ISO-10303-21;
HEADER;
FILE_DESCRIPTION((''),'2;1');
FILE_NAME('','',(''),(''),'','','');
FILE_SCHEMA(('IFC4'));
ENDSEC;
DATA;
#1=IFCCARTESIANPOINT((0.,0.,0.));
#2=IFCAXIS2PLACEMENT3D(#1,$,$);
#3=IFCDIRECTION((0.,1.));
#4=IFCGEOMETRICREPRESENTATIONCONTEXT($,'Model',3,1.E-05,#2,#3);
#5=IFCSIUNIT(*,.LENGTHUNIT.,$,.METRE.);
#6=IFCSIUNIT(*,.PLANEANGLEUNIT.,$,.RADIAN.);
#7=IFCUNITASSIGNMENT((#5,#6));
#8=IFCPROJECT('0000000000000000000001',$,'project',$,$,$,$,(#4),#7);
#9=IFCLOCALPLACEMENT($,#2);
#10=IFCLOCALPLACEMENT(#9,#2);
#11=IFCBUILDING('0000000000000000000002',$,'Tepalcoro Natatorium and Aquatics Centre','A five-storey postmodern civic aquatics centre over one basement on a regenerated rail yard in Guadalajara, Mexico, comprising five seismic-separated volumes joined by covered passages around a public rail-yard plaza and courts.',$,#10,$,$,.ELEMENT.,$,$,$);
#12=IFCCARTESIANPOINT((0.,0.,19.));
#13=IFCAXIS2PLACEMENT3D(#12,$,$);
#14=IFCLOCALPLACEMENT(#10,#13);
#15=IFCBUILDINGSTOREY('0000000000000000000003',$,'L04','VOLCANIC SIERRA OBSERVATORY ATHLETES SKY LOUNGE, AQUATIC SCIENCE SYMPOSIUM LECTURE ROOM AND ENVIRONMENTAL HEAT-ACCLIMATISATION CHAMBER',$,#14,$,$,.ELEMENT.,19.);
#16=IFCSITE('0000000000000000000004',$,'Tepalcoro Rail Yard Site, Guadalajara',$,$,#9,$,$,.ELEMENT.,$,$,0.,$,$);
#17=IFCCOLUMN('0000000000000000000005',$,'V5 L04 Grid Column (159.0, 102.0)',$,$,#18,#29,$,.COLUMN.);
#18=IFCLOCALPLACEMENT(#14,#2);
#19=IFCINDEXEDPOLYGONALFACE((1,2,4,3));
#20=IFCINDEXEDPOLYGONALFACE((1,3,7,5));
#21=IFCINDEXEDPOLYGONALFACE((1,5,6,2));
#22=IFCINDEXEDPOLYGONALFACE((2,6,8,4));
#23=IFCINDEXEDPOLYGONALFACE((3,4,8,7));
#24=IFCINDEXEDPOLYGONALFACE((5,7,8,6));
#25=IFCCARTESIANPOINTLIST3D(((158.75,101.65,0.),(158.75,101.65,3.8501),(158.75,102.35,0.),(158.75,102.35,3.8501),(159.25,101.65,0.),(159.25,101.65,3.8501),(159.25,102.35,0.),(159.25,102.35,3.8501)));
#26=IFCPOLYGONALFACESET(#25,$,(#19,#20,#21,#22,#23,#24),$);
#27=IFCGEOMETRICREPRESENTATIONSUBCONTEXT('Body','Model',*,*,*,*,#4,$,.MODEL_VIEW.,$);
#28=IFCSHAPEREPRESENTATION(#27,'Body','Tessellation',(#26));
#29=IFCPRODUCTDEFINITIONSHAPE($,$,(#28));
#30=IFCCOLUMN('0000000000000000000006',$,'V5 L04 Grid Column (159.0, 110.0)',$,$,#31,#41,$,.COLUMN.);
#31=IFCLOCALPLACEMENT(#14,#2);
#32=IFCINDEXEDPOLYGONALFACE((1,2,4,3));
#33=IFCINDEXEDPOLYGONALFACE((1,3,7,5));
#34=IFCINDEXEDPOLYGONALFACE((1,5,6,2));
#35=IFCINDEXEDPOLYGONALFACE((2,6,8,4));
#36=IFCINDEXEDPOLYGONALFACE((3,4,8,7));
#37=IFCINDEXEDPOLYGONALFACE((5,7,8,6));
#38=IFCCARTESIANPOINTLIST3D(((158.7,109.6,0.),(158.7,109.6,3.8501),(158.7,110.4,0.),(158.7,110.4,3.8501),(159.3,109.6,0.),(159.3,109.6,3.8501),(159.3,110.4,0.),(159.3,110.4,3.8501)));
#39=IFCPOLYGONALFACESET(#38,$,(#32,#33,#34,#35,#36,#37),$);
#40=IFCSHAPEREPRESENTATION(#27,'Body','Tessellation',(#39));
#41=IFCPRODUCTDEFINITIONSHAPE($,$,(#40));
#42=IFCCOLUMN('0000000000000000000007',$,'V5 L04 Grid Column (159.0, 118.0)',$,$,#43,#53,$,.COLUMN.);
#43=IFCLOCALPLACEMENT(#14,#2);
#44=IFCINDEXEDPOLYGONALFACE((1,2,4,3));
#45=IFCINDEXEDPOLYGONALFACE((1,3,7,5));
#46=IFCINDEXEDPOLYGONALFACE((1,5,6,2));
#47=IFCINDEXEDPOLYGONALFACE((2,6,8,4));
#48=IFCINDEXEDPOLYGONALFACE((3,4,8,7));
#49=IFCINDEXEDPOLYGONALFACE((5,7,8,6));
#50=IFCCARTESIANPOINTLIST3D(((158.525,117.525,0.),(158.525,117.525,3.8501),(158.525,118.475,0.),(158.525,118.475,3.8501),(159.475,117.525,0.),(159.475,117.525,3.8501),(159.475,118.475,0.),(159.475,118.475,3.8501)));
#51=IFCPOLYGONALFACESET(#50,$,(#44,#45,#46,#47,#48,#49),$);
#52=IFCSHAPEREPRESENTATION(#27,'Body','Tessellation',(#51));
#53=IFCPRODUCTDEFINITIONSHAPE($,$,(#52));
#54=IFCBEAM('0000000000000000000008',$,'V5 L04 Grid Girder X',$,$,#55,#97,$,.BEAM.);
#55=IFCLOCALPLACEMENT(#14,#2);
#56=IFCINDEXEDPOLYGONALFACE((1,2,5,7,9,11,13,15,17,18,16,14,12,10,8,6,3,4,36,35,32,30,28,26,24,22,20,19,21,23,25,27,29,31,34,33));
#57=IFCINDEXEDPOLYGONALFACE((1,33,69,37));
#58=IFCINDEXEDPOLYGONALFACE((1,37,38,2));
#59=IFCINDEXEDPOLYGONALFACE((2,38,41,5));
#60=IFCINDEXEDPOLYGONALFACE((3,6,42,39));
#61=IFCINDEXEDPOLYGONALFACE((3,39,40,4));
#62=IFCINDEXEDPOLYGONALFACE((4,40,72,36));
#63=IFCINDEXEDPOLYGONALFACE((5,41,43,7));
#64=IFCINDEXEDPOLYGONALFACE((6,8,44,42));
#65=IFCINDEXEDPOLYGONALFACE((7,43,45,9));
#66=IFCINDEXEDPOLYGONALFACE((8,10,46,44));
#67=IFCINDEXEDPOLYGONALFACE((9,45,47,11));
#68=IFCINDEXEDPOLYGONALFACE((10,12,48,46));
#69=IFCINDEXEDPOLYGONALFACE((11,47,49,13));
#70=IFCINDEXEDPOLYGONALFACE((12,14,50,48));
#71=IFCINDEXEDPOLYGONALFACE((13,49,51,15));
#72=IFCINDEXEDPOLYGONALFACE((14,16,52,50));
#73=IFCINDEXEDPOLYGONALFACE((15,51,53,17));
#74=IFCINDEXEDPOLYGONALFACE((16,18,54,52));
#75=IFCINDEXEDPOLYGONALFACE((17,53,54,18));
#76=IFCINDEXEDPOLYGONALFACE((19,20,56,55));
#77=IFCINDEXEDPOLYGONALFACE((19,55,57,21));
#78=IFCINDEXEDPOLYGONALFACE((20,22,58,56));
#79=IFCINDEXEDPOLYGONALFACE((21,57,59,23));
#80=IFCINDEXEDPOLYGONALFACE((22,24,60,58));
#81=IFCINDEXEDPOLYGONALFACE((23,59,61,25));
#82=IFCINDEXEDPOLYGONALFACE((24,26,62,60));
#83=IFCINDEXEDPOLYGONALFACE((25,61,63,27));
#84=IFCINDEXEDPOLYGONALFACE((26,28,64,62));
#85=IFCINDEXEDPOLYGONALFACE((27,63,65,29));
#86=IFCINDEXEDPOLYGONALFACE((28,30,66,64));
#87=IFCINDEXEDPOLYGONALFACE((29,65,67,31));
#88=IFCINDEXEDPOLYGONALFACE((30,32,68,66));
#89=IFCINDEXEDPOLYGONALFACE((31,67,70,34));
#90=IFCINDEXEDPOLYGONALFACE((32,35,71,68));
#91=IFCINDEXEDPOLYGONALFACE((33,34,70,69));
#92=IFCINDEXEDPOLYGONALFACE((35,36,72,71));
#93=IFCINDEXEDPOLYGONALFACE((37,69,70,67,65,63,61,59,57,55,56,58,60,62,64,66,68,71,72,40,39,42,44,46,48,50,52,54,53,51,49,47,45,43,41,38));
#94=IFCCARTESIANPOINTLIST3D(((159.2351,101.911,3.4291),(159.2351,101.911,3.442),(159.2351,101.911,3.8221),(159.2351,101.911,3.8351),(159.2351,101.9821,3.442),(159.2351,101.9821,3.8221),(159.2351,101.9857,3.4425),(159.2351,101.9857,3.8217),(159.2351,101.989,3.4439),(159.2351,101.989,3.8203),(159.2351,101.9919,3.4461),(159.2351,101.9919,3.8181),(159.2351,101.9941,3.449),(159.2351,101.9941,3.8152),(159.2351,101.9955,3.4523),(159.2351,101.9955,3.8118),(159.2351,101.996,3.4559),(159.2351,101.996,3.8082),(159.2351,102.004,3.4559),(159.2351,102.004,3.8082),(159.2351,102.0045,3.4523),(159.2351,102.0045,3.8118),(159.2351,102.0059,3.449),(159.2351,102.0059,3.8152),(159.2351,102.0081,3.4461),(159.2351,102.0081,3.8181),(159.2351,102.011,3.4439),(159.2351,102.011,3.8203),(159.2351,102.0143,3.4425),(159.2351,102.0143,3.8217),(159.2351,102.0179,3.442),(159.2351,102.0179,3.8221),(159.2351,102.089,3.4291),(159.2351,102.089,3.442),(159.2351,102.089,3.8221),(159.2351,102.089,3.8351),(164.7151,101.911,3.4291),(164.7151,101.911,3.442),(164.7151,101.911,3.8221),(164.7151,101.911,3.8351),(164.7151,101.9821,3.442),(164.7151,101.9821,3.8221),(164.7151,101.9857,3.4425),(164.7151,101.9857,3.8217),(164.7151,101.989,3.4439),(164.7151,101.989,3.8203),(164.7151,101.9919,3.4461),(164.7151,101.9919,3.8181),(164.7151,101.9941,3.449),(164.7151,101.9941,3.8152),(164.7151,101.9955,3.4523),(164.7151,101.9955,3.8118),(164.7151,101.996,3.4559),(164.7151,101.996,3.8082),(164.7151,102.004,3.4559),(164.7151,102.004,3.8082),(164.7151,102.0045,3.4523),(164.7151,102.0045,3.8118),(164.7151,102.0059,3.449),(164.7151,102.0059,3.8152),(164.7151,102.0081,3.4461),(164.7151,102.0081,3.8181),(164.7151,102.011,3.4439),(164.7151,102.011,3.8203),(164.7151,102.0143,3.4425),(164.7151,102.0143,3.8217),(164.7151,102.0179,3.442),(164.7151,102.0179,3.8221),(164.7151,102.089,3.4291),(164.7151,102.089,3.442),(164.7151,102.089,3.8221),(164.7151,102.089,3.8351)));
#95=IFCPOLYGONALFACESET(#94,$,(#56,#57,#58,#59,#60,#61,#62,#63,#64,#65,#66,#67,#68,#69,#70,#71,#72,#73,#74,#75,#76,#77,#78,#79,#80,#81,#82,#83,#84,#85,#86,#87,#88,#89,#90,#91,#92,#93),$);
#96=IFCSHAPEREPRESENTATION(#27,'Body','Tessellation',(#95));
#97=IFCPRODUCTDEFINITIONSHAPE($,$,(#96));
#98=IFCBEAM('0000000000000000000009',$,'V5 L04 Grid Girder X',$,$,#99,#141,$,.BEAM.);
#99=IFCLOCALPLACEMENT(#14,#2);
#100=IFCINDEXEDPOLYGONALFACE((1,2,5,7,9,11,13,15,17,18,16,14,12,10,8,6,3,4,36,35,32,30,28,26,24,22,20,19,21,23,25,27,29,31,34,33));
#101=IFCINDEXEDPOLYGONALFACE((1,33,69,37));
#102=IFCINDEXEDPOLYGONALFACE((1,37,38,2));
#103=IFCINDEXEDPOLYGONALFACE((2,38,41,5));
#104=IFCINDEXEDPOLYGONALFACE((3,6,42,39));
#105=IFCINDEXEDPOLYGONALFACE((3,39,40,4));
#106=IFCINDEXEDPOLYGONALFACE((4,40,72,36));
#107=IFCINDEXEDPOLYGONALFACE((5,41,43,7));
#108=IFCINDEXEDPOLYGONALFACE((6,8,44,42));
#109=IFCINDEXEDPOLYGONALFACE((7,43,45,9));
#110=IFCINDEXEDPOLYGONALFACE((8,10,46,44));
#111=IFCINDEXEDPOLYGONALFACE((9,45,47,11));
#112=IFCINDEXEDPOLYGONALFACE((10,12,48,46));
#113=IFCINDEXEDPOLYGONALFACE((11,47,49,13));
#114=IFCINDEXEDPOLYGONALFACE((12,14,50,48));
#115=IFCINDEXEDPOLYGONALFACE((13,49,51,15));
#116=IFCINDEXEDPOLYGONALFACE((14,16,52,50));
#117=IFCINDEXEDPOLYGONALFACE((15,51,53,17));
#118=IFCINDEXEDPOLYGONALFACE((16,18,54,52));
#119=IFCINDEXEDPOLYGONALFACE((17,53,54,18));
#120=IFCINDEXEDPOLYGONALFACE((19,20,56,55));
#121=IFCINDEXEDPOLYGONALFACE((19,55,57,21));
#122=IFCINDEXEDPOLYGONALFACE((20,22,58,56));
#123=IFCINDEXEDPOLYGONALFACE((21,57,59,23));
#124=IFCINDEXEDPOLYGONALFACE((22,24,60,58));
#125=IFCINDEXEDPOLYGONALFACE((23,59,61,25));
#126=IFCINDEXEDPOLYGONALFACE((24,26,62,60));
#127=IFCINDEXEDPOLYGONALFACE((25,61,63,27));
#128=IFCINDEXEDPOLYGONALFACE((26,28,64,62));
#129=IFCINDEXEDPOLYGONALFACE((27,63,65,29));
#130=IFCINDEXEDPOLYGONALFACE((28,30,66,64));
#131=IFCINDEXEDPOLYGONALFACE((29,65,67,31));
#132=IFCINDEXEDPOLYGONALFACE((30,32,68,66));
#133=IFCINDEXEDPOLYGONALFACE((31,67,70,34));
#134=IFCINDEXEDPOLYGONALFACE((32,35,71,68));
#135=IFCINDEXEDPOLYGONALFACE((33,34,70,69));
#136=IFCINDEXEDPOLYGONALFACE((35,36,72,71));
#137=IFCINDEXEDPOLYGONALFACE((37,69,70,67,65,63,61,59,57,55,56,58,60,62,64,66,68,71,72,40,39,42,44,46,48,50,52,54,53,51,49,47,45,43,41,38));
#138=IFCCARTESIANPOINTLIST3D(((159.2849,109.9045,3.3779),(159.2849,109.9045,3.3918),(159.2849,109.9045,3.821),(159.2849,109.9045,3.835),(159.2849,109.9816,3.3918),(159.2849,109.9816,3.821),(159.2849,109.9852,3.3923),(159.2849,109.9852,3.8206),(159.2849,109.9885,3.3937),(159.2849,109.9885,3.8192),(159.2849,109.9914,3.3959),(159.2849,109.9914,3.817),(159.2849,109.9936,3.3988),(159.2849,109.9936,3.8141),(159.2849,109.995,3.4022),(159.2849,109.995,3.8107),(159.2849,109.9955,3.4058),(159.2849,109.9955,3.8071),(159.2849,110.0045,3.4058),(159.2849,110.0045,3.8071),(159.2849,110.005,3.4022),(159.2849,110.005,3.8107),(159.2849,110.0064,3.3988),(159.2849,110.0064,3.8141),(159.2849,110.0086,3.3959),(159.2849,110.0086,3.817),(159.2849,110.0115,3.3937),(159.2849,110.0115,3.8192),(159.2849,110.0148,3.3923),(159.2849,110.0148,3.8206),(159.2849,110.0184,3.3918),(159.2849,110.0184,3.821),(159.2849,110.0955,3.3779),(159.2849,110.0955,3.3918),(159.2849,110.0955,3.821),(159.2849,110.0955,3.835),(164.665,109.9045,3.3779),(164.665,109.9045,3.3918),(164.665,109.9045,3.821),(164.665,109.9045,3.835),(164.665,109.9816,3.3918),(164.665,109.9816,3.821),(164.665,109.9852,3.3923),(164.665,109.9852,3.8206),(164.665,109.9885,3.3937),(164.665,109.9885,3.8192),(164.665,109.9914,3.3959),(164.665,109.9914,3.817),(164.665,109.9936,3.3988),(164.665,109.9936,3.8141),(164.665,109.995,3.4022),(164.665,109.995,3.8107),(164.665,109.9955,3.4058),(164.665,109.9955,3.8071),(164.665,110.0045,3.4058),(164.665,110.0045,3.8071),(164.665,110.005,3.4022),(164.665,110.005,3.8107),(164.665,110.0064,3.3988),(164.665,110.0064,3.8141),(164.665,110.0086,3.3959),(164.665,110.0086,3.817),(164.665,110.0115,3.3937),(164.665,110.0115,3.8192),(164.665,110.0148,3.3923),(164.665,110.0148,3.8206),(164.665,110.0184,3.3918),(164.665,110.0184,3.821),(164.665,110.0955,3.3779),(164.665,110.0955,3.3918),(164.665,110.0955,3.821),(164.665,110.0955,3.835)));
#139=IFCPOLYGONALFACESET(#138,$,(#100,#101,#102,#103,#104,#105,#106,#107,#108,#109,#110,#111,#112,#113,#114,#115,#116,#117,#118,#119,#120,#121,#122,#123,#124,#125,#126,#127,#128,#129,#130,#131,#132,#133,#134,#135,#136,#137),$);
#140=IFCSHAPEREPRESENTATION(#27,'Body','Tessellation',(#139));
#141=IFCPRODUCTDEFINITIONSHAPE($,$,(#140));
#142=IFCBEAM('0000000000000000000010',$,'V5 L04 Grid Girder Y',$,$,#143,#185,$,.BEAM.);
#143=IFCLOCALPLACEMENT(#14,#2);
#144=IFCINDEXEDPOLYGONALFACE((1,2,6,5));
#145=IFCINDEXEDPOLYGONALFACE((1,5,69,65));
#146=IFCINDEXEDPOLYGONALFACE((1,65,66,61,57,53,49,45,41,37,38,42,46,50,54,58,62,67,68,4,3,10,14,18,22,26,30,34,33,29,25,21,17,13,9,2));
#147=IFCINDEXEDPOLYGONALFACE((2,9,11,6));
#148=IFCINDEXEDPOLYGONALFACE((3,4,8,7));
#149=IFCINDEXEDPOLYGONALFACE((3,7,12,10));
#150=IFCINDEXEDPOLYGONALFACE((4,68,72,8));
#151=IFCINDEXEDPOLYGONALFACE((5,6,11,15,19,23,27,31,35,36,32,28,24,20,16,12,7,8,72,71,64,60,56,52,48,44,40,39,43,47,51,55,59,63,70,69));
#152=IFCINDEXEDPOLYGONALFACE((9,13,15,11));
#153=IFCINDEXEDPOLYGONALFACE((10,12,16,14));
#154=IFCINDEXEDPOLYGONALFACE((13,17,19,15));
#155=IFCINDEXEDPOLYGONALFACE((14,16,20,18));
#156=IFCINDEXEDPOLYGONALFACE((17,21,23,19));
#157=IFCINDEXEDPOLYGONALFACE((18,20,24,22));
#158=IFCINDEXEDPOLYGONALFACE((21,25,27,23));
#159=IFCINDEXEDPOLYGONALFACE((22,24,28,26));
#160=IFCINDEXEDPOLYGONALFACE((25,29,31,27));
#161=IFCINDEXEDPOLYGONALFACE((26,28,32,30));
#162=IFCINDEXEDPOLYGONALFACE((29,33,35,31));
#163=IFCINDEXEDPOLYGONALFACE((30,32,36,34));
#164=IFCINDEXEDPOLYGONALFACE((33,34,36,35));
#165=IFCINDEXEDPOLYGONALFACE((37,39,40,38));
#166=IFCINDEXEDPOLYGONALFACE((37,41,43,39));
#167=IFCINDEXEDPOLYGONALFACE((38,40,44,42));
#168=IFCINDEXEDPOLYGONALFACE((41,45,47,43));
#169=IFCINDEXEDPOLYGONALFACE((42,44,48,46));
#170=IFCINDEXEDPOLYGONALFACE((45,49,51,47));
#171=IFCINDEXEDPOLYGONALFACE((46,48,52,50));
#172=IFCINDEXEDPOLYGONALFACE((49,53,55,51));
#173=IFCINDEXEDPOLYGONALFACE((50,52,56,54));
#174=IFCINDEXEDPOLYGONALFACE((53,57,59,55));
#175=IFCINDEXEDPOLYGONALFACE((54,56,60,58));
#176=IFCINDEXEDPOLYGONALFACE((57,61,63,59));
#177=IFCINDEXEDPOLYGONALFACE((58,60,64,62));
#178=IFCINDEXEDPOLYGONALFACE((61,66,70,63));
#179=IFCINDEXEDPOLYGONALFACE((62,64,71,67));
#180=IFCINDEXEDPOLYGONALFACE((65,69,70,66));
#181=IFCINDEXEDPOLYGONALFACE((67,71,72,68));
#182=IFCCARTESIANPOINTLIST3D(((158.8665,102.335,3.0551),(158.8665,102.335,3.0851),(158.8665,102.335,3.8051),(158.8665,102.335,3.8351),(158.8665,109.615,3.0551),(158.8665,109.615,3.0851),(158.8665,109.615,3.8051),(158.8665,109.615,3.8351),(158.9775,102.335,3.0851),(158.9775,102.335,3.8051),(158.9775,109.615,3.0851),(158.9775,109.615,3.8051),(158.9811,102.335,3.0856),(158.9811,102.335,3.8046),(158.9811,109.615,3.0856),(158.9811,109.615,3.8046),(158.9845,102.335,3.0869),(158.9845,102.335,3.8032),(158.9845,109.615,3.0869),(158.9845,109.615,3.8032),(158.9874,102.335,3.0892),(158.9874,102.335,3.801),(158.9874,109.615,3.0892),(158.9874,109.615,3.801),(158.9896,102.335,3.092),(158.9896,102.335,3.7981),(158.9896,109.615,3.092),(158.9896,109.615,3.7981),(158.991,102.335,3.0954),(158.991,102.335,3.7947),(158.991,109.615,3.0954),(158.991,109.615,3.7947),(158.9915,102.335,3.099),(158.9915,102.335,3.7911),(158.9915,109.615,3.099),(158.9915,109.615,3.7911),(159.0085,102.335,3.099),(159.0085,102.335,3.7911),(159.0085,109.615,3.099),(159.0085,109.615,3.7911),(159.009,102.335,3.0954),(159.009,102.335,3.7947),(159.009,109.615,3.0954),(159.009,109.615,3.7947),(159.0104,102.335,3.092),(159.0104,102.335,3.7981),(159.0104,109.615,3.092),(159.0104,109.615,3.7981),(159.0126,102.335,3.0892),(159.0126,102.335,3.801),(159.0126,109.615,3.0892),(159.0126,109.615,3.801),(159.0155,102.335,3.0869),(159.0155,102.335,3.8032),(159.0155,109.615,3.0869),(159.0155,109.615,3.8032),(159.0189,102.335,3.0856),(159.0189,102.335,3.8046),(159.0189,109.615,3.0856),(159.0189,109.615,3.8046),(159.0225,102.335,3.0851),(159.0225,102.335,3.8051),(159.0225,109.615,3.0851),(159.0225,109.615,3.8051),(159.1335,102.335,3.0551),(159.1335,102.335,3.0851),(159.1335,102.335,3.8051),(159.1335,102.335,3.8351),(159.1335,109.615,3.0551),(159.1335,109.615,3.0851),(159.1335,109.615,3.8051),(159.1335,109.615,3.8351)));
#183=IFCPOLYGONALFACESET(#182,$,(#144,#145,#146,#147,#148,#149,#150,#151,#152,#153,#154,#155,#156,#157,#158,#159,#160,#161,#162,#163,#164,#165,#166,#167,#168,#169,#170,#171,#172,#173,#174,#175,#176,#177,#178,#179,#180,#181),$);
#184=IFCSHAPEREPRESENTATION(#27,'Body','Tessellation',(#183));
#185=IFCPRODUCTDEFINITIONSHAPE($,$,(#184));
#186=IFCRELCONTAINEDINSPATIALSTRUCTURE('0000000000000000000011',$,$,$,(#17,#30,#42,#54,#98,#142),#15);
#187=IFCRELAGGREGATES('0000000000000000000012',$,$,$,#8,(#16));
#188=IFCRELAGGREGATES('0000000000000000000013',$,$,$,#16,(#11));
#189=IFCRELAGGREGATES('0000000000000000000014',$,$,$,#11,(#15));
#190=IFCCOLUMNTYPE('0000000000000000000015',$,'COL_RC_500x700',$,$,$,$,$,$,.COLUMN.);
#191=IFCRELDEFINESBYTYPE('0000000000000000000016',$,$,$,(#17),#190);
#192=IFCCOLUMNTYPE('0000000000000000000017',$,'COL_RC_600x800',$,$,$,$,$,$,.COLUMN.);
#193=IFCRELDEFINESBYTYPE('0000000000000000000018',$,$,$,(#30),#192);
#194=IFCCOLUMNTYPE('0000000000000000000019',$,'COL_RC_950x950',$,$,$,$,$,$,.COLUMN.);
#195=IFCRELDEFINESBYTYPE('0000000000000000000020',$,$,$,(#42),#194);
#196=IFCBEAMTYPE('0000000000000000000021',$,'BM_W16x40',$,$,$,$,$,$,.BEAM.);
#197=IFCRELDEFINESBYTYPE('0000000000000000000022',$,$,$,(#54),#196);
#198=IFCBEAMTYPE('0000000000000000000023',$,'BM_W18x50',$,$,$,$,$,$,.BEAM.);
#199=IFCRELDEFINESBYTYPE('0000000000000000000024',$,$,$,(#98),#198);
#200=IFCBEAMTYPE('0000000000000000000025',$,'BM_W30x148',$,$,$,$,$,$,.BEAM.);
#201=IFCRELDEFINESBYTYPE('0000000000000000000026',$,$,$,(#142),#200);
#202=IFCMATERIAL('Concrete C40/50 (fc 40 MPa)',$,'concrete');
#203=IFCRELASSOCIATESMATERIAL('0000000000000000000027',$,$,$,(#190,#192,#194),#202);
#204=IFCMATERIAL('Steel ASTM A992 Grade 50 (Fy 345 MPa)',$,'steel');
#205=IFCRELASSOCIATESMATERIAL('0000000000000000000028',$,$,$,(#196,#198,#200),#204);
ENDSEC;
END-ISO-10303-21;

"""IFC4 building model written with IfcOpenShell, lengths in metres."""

from ifc_helpers import new_model, si_unit, direction, frame, origin, origin_2d, place, context, subcontext, project, spatial, rectangle, i_section, extrude, material, material_profile, profile_set, type_object, element, save


model = new_model("IFC4")

# Units and contexts
model_context = context("Model", 3, precision=1e-05, world=origin(), true_north=direction((0.0, 1.0)))
body_context = subcontext(model_context, "Body", "Model", "MODEL_VIEW")
ifc_project = project(units=[si_unit("LENGTHUNIT", "METRE"), si_unit("PLANEANGLEUNIT", "RADIAN")], contexts=[model_context])

# Site, building, storey
site_placement = place(None, origin())
site = spatial("IfcSite", under=ifc_project, at=site_placement, Name="Tepalcoro Rail Yard Site, Guadalajara", CompositionType="ELEMENT", RefElevation=0.0)
building_placement = place(site_placement, origin())
building = spatial("IfcBuilding", under=site, at=building_placement, Name="Tepalcoro Natatorium and Aquatics Centre", Description="A five-storey postmodern civic aquatics centre over one basement on a regenerated rail yard in Guadalajara, Mexico, comprising five seismic-separated volumes joined by covered passages around a public rail-yard plaza and courts.", CompositionType="ELEMENT")
storey_placement = place(building_placement, frame((0.0, 0.0, 19.0)))
storey = spatial("IfcBuildingStorey", under=building, at=storey_placement, Name="L04", Description="VOLCANIC SIERRA OBSERVATORY ATHLETES SKY LOUNGE, AQUATIC SCIENCE SYMPOSIUM LECTURE ROOM AND ENVIRONMENTAL HEAT-ACCLIMATISATION CHAMBER", CompositionType="ELEMENT", Elevation=19.0)

# Columns
ifc_material_1 = material(Name="Concrete C40/50 (fc 40 MPa)", Category="concrete")
ifc_material_profile_1 = material_profile(ifc_material_1, rectangle(XDim=0.5, YDim=0.7, at=origin_2d()), Name="RC500x700")
ifc_profile_set_1 = profile_set([ifc_material_profile_1], Name="Concrete C40/50 (fc 40 MPa)")
column_type_1 = type_object("IfcColumnType", Name="COL_RC_500x700", PredefinedType="COLUMN", material=ifc_profile_set_1)
column_1_placement = place(storey_placement, frame((159.0, 102.0, 0.0), z_axis=(0.0, 0.0, 1.0), x_axis=(1.0, 0.0, 0.0)))
element("IfcColumn", 1, at=column_1_placement, inside=storey, type_object=column_type_1, Name="V5 L04 Grid Column (159.0, 102.0)", PredefinedType="COLUMN", context=body_context, shape_type="SweptSolid", body=[
    extrude(rectangle(XDim=0.5, YDim=0.7, at=origin_2d()), origin(), (0.0, 0.0, 1.0), 3.8501),
])
ifc_material_profile_2 = material_profile(ifc_material_1, rectangle(XDim=0.6001, YDim=0.8, at=origin_2d()), Name="RC600x800")
ifc_profile_set_2 = profile_set([ifc_material_profile_2], Name="Concrete C40/50 (fc 40 MPa)")
column_type_2 = type_object("IfcColumnType", Name="COL_RC_600x800", PredefinedType="COLUMN", material=ifc_profile_set_2)
column_2_placement = place(storey_placement, frame((159.0, 110.0, 0.0), z_axis=(0.0, 0.0, 1.0), x_axis=(1.0, 0.0, 0.0)))
element("IfcColumn", 2, at=column_2_placement, inside=storey, type_object=column_type_2, Name="V5 L04 Grid Column (159.0, 110.0)", PredefinedType="COLUMN", context=body_context, shape_type="SweptSolid", body=[
    extrude(rectangle(XDim=0.6001, YDim=0.8, at=origin_2d()), origin(), (0.0, 0.0, 1.0), 3.8501),
])
ifc_material_profile_3 = material_profile(ifc_material_1, rectangle(XDim=0.95, YDim=0.95, at=origin_2d()), Name="RC950x950")
ifc_profile_set_3 = profile_set([ifc_material_profile_3], Name="Concrete C40/50 (fc 40 MPa)")
column_type_3 = type_object("IfcColumnType", Name="COL_RC_950x950", PredefinedType="COLUMN", material=ifc_profile_set_3)
column_3_placement = place(storey_placement, frame((159.0, 118.0, 0.0), z_axis=(0.0, 0.0, 1.0), x_axis=(1.0, 0.0, 0.0)))
element("IfcColumn", 3, at=column_3_placement, inside=storey, type_object=column_type_3, Name="V5 L04 Grid Column (159.0, 118.0)", PredefinedType="COLUMN", context=body_context, shape_type="SweptSolid", body=[
    extrude(rectangle(XDim=0.95, YDim=0.95, at=origin_2d()), origin(), (0.0, 0.0, 1.0), 3.8501),
])

# Beams
ifc_material_2 = material(Name="Steel ASTM A992 Grade 50 (Fy 345 MPa)", Category="steel")
ifc_material_profile_4 = material_profile(ifc_material_2, i_section(OverallWidth=0.178, OverallDepth=0.406, WebThickness=0.0081, FlangeThickness=0.0129, FilletRadius=0.0139, at=origin_2d()), Name="W16X40")
ifc_profile_set_4 = profile_set([ifc_material_profile_4], Name="Steel ASTM A992 Grade 50 (Fy 345 MPa)")
beam_type_1 = type_object("IfcBeamType", Name="BM_W16x40", PredefinedType="BEAM", material=ifc_profile_set_4)
beam_1_placement = place(storey_placement, frame((159.2351, 102.0, 3.6321), z_axis=(1.0, 0.0, 0.0), x_axis=(0.0, 1.0, 0.0)))
element("IfcBeam", 4, at=beam_1_placement, inside=storey, type_object=beam_type_1, Name="V5 L04 Grid Girder X", PredefinedType="BEAM", context=body_context, shape_type="SweptSolid", body=[
    extrude(i_section(OverallWidth=0.178, OverallDepth=0.406, WebThickness=0.0081, FlangeThickness=0.0129, FilletRadius=0.0139, at=origin_2d()), origin(), (0.0, 0.0, 1.0), 5.48),
])
ifc_material_profile_5 = material_profile(ifc_material_2, i_section(OverallWidth=0.1909, OverallDepth=0.457, WebThickness=0.009, FlangeThickness=0.0139, FilletRadius=0.0139, at=origin_2d()), Name="W18X50")
ifc_profile_set_5 = profile_set([ifc_material_profile_5], Name="Steel ASTM A992 Grade 50 (Fy 345 MPa)")
beam_type_2 = type_object("IfcBeamType", Name="BM_W18x50", PredefinedType="BEAM", material=ifc_profile_set_5)
beam_2_placement = place(storey_placement, frame((159.2849, 110.0, 3.6064), z_axis=(1.0, 0.0, 0.0), x_axis=(0.0, 1.0, 0.0)))
element("IfcBeam", 5, at=beam_2_placement, inside=storey, type_object=beam_type_2, Name="V5 L04 Grid Girder X", PredefinedType="BEAM", context=body_context, shape_type="SweptSolid", body=[
    extrude(i_section(OverallWidth=0.1909, OverallDepth=0.457, WebThickness=0.009, FlangeThickness=0.0139, FilletRadius=0.0139, at=origin_2d()), origin(), (0.0, 0.0, 1.0), 5.3801),
])
ifc_material_profile_6 = material_profile(ifc_material_2, i_section(OverallWidth=0.2671, OverallDepth=0.78, WebThickness=0.0171, FlangeThickness=0.03, FilletRadius=0.0139, at=origin_2d()), Name="W30X148")
ifc_profile_set_6 = profile_set([ifc_material_profile_6], Name="Steel ASTM A992 Grade 50 (Fy 345 MPa)")
beam_type_3 = type_object("IfcBeamType", Name="BM_W30x148", PredefinedType="BEAM", material=ifc_profile_set_6)
beam_3_placement = place(storey_placement, frame((159.0, 102.335, 3.4451), z_axis=(0.0, 1.0, 0.0), x_axis=(-1.0, 0.0, 0.0)))
element("IfcBeam", 6, at=beam_3_placement, inside=storey, type_object=beam_type_3, Name="V5 L04 Grid Girder Y", PredefinedType="BEAM", context=body_context, shape_type="SweptSolid", body=[
    extrude(i_section(OverallWidth=0.2671, OverallDepth=0.78, WebThickness=0.0171, FlangeThickness=0.03, FilletRadius=0.0139, at=origin_2d()), origin(), (0.0, 0.0, 1.0), 7.28),
])

save(model, "model.ifc")
